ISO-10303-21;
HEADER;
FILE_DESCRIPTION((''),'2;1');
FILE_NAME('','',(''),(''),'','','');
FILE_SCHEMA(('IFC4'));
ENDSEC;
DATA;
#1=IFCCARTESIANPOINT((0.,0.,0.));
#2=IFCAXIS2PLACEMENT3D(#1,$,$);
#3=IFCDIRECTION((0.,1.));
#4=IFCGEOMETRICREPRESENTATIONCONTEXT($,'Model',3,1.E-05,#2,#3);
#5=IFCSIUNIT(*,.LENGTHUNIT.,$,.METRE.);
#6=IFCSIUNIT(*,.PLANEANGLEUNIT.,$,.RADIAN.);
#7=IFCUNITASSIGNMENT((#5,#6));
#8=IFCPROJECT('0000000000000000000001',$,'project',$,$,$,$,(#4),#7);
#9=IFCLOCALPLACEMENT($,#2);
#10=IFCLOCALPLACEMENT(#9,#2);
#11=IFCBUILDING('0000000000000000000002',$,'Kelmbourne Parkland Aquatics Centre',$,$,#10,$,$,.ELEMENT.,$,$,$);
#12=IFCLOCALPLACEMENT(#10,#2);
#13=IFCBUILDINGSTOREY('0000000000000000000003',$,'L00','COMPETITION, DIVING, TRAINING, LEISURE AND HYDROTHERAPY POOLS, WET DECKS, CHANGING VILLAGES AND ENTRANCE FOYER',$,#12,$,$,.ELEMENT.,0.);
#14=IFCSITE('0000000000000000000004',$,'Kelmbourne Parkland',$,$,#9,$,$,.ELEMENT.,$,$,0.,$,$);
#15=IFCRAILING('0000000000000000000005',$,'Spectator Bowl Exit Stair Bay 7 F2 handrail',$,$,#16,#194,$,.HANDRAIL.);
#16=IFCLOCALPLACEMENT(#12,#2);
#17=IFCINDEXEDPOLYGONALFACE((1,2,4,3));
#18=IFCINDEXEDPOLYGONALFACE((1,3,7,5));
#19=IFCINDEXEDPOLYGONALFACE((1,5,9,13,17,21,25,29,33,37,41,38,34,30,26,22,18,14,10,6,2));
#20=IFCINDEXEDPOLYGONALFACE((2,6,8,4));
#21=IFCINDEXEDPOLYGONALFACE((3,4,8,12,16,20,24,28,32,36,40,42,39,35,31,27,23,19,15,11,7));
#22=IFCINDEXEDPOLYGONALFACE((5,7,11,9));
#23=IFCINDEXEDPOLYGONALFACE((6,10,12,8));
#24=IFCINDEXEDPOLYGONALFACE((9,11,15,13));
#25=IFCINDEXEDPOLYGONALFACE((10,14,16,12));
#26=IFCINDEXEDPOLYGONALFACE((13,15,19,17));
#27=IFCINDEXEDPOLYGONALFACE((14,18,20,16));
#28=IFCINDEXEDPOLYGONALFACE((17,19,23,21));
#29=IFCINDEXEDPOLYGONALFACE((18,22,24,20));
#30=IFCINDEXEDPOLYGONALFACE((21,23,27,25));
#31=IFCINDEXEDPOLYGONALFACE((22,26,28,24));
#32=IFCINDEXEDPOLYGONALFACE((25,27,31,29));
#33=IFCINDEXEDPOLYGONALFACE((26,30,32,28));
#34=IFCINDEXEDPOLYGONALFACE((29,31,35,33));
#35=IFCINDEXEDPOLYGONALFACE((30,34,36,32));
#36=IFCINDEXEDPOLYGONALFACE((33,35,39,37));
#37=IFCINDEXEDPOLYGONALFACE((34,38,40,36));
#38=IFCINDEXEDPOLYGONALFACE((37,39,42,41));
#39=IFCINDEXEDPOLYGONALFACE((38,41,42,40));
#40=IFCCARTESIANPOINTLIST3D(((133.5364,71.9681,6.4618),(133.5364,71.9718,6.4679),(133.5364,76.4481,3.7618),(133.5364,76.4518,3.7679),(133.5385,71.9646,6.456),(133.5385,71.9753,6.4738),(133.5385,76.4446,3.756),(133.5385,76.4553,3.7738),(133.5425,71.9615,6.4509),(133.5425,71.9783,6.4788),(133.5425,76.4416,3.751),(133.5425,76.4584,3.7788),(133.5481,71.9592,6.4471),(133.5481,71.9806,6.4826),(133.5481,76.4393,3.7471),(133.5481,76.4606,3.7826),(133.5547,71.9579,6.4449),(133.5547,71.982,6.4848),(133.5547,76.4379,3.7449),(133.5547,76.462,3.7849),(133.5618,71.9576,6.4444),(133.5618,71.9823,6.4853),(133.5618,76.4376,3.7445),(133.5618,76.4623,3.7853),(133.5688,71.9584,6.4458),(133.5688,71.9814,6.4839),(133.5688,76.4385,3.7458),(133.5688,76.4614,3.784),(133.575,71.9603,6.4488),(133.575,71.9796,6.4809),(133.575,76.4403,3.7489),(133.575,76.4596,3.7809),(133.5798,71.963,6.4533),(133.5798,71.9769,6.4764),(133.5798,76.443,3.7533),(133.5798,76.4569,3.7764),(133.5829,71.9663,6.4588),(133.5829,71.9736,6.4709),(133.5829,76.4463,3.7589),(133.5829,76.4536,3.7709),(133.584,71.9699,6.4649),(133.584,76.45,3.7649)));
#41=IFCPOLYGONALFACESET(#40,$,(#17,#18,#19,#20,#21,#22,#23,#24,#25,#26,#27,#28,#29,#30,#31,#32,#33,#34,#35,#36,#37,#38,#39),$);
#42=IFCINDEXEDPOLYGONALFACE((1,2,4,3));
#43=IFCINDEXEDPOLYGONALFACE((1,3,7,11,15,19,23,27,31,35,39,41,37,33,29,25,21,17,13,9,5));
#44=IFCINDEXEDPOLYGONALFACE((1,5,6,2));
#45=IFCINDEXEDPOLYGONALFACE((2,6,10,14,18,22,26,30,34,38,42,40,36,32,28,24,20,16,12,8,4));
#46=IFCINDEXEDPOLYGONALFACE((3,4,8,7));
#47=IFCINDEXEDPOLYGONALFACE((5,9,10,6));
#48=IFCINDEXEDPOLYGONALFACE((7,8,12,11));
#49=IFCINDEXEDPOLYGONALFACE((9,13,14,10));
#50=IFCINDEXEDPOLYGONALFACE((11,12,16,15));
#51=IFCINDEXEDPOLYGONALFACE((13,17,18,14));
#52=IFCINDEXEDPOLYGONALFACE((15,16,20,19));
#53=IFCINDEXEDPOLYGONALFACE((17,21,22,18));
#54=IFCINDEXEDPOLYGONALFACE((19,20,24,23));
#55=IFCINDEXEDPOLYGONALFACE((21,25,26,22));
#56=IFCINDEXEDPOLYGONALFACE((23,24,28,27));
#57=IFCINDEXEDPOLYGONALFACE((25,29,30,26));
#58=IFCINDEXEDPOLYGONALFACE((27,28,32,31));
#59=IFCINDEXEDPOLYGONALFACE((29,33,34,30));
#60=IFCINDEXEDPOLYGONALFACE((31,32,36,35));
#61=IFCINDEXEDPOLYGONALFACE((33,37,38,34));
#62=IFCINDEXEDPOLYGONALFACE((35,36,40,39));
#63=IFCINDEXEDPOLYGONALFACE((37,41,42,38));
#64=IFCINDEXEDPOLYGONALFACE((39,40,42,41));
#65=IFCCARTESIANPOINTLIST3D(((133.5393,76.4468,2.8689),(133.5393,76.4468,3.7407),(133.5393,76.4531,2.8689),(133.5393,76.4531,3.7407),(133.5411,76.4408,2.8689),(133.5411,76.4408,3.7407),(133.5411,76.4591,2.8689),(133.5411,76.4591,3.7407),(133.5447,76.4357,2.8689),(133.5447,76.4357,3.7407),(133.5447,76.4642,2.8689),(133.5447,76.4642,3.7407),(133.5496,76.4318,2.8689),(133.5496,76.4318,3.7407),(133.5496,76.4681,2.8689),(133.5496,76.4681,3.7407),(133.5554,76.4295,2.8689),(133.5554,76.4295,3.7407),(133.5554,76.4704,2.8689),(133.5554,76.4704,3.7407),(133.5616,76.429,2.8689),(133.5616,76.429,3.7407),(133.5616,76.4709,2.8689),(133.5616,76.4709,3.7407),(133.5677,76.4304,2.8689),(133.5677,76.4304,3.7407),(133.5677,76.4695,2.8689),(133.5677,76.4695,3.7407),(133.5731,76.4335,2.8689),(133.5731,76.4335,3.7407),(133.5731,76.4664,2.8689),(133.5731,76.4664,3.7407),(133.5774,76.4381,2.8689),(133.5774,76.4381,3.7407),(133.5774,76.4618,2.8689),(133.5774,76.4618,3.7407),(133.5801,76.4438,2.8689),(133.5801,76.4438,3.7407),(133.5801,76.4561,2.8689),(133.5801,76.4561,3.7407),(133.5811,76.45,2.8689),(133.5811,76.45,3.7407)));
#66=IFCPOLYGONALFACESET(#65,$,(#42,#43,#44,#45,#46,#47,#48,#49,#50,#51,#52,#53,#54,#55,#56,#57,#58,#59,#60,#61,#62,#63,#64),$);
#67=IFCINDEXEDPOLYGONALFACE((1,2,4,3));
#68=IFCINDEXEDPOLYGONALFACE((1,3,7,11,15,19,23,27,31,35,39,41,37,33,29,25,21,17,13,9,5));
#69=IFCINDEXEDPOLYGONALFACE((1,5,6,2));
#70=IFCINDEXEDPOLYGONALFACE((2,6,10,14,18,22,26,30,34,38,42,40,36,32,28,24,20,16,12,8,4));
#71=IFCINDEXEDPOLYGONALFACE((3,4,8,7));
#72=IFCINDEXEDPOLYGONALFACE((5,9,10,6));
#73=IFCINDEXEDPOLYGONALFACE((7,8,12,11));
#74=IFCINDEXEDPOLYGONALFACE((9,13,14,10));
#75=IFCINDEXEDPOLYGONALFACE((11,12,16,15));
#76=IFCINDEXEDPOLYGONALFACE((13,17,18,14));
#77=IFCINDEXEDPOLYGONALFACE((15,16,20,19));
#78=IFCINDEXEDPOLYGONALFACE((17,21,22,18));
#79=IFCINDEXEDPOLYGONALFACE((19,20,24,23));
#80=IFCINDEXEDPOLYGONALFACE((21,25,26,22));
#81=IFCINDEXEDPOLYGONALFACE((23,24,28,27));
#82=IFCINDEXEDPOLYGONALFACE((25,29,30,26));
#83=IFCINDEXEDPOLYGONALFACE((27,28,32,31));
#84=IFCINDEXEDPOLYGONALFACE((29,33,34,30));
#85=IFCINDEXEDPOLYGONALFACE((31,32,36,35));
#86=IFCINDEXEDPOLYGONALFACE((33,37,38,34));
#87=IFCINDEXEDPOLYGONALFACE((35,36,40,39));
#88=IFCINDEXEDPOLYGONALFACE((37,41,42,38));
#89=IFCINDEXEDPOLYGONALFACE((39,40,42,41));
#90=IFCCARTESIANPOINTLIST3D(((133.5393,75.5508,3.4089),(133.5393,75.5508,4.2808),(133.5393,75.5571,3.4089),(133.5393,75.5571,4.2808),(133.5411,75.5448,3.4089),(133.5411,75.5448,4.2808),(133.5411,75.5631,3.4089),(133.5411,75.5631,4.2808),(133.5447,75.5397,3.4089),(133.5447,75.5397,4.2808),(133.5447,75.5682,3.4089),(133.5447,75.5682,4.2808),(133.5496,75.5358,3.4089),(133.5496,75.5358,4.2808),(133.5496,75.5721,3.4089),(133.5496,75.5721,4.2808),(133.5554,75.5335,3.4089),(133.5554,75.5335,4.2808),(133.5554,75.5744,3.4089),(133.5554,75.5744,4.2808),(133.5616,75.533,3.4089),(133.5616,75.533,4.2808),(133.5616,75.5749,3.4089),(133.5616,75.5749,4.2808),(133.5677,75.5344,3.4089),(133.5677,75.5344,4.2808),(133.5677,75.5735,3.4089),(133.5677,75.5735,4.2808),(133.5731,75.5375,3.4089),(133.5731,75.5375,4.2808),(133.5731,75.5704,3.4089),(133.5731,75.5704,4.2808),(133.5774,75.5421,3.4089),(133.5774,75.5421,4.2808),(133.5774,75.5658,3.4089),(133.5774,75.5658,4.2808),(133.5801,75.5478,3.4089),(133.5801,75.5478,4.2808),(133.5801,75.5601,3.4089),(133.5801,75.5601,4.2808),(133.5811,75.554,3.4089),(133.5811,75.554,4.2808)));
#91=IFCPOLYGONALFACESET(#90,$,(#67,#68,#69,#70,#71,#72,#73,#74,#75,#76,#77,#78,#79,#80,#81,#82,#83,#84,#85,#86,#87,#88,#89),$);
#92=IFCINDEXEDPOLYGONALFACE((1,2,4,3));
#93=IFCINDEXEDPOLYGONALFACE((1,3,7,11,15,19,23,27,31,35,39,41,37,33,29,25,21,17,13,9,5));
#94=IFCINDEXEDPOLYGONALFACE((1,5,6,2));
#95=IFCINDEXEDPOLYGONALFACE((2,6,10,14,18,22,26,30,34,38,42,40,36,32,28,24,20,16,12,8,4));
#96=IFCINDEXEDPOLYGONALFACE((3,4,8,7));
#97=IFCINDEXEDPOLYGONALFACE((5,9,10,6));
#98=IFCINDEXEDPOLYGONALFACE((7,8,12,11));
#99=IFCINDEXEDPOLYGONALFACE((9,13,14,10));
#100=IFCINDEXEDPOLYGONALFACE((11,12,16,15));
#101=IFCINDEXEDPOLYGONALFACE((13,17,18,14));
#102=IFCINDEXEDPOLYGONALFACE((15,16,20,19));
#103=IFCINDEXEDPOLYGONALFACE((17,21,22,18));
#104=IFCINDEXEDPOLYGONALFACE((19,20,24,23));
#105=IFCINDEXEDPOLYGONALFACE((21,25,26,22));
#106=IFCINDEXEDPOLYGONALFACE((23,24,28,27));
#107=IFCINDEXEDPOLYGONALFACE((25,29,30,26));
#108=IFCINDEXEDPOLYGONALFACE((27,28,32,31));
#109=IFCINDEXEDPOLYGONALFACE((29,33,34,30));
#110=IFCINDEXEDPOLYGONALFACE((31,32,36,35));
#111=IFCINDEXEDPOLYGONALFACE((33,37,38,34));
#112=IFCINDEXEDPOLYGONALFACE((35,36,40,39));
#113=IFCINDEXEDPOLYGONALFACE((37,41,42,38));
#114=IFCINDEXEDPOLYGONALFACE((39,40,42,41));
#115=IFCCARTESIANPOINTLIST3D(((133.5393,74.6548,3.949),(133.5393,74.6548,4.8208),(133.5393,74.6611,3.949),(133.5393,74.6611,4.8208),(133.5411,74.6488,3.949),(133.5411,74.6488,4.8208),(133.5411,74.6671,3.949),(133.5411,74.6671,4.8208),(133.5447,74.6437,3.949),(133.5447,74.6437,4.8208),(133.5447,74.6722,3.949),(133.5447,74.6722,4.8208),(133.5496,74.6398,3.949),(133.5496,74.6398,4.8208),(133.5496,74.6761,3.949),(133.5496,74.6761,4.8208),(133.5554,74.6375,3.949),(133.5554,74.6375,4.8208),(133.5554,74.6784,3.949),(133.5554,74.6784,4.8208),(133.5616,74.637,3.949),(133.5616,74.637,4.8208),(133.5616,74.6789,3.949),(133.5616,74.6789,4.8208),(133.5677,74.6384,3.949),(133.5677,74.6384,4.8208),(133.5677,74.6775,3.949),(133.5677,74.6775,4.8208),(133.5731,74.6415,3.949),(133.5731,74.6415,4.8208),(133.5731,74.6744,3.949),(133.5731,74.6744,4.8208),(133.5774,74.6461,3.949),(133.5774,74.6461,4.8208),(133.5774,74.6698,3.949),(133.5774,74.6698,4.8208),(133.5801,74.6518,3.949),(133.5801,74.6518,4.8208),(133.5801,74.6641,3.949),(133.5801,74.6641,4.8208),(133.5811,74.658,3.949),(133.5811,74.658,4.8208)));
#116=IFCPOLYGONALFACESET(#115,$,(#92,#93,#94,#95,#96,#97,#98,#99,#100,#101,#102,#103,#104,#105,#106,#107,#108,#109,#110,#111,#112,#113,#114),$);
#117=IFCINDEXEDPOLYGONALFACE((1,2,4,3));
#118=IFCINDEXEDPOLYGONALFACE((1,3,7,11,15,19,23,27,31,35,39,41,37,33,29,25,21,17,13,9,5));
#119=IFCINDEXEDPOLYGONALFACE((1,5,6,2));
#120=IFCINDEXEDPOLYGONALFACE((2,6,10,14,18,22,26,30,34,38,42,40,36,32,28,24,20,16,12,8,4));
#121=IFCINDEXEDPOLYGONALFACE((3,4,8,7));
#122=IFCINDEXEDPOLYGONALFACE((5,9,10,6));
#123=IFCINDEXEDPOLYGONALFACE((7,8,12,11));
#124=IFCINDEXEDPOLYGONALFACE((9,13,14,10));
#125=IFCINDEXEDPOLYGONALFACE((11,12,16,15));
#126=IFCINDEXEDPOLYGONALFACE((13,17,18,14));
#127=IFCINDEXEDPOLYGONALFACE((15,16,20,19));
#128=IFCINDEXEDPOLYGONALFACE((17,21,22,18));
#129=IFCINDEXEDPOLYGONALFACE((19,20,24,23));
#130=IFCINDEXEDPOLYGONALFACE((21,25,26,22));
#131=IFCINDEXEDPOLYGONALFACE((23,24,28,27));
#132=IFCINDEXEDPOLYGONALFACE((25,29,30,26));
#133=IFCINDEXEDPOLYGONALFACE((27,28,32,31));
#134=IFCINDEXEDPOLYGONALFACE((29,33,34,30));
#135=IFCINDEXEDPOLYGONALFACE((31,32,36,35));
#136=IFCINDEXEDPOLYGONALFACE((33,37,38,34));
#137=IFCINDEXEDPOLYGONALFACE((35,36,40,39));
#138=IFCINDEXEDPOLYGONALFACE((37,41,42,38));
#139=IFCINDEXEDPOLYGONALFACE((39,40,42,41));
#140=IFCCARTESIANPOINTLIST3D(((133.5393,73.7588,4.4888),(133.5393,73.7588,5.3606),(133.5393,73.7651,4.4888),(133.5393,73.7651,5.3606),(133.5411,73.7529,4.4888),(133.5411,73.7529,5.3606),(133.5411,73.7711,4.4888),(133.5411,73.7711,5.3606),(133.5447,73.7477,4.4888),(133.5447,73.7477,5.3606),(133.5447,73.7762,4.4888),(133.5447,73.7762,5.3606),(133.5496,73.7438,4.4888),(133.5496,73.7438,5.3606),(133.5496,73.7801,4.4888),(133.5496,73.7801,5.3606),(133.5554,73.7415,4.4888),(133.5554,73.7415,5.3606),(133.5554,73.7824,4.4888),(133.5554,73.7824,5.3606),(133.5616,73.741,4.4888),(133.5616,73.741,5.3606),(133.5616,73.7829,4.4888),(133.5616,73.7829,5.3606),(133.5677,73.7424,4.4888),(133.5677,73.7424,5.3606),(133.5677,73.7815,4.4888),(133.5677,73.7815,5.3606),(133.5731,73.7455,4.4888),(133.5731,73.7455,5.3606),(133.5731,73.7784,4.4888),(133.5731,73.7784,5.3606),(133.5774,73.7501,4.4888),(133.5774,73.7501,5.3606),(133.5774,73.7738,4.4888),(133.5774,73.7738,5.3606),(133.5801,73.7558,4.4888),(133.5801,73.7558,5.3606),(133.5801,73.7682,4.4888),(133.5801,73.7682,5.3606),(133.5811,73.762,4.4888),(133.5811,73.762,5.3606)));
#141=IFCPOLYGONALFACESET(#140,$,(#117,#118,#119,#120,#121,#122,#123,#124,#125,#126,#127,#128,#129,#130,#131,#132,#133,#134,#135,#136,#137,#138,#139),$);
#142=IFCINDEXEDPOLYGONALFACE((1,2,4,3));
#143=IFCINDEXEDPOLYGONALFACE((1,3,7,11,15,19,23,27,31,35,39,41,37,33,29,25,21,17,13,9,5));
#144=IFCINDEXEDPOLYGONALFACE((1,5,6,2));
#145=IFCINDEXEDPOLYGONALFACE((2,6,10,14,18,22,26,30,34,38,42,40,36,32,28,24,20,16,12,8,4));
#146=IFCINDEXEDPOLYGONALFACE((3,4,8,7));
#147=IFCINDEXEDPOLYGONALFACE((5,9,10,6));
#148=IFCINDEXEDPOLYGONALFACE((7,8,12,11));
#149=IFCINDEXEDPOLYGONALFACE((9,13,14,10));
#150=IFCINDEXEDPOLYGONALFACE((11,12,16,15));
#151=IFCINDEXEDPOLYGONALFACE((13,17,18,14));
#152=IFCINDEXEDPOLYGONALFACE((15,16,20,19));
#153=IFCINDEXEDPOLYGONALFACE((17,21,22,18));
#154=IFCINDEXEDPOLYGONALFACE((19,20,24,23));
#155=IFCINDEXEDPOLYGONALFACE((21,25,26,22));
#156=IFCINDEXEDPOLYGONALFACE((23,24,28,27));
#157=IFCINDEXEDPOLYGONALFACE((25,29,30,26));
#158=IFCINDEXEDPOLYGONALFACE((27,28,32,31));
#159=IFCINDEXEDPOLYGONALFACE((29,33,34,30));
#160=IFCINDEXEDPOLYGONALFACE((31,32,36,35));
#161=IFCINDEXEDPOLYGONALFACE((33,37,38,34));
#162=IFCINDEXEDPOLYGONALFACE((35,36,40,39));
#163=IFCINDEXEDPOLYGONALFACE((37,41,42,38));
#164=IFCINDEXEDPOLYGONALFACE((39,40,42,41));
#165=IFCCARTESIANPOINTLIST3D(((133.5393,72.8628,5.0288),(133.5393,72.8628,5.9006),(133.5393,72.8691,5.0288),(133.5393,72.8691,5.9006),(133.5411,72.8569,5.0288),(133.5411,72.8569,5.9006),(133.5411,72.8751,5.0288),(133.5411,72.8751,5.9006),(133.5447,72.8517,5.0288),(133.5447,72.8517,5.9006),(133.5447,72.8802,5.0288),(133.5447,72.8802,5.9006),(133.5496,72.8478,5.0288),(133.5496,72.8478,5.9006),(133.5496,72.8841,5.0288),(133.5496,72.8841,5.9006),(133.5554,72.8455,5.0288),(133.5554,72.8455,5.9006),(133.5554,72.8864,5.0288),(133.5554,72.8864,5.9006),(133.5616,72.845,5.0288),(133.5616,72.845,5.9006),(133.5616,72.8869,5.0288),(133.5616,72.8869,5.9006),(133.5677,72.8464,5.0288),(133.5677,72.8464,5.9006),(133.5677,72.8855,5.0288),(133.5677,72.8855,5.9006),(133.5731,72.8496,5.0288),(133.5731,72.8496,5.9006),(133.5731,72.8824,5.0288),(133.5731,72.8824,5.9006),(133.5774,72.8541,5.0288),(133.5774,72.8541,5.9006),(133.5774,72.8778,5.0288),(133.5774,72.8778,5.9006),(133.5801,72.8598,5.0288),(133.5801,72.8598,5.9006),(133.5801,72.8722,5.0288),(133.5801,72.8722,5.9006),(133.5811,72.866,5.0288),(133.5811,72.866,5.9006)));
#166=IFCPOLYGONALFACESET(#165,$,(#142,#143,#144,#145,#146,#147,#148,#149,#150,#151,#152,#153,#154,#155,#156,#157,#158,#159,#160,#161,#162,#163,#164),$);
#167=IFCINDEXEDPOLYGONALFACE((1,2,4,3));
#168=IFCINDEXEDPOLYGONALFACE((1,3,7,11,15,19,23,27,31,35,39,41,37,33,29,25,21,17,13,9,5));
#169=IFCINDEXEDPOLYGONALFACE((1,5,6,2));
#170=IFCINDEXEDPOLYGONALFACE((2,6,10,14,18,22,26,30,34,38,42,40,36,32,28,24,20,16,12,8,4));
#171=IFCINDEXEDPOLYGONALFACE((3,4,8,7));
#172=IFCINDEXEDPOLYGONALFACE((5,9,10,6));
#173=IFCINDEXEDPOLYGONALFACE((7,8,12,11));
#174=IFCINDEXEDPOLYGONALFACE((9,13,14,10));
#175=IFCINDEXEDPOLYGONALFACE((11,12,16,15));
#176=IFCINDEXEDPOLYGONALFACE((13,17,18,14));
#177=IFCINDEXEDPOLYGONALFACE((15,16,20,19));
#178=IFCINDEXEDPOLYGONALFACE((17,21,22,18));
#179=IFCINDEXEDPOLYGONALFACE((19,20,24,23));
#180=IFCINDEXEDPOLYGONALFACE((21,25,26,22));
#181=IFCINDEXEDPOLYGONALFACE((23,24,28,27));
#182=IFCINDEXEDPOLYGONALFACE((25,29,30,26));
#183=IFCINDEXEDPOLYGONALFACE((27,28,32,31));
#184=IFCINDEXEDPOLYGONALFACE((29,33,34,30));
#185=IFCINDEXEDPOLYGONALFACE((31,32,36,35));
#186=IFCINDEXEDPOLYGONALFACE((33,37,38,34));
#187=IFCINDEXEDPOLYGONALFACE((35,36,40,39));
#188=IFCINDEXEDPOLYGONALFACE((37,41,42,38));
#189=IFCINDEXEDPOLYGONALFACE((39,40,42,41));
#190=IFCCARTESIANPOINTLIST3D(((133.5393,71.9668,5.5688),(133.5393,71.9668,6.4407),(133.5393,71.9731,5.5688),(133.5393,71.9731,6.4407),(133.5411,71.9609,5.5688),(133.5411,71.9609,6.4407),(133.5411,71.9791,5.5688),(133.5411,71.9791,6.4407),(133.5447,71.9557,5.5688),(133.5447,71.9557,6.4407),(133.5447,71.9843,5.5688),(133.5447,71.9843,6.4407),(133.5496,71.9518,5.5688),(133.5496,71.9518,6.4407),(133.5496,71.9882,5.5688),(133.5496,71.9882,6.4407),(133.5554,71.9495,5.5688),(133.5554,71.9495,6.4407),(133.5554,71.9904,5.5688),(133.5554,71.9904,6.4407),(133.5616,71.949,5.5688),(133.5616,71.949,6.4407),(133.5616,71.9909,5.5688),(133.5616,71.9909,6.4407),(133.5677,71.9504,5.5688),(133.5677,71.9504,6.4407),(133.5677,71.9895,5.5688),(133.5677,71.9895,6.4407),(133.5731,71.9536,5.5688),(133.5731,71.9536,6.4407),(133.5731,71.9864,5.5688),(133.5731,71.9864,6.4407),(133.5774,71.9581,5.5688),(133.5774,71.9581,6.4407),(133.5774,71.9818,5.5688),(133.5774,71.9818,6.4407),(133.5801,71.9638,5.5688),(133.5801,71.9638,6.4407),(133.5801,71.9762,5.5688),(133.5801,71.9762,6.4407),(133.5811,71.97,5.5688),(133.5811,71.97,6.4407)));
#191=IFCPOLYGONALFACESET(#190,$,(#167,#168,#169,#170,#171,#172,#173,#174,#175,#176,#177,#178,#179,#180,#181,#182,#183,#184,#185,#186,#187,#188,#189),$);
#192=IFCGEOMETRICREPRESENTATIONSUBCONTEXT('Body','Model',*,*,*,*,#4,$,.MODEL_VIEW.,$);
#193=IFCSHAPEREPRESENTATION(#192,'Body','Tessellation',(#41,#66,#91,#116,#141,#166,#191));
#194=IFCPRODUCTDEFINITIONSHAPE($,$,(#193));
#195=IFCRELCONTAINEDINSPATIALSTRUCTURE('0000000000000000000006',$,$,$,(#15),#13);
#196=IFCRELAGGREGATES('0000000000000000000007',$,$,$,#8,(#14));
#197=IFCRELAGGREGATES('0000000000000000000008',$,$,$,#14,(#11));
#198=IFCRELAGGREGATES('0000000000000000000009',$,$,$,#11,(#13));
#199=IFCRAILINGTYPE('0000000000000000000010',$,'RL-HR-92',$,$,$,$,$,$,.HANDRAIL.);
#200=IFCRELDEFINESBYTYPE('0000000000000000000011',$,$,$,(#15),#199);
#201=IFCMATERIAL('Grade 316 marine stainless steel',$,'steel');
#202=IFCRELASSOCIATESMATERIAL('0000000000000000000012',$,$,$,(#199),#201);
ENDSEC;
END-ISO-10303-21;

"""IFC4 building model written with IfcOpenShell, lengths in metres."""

from ifc_helpers import new_model, si_unit, direction, frame, origin, origin_2d, place, context, subcontext, project, spatial, circle, extrude, material, type_object, element, save


model = new_model("IFC4")

# Units and contexts
model_context = context("Model", 3, precision=1e-05, world=origin(), true_north=direction((0.0, 1.0)))
body_context = subcontext(model_context, "Body", "Model", "MODEL_VIEW")
ifc_project = project(units=[si_unit("LENGTHUNIT", "METRE"), si_unit("PLANEANGLEUNIT", "RADIAN")], contexts=[model_context])

# Site, building, storey
site_placement = place(None, origin())
site = spatial("IfcSite", under=ifc_project, at=site_placement, Name="Kelmbourne Parkland", CompositionType="ELEMENT", RefElevation=0.0)
building_placement = place(site_placement, origin())
building = spatial("IfcBuilding", under=site, at=building_placement, Name="Kelmbourne Parkland Aquatics Centre", CompositionType="ELEMENT")
storey_placement = place(building_placement, origin())
storey = spatial("IfcBuildingStorey", under=building, at=storey_placement, Name="L00", Description="COMPETITION, DIVING, TRAINING, LEISURE AND HYDROTHERAPY POOLS, WET DECKS, CHANGING VILLAGES AND ENTRANCE FOYER", CompositionType="ELEMENT", Elevation=0.0)

# Railing
ifc_material_1 = material(Name="Grade 316 marine stainless steel", Category="steel")
railing_type_1 = type_object("IfcRailingType", Name="RL-HR-92", PredefinedType="HANDRAIL", material=ifc_material_1)
for number, where, name in (
    (1, (133.5601, 76.45, 2.8689), "Spectator Bowl Exit Stair Bay 7 F2 handrail"),
):
    element("IfcRailing", number, at=place(storey_placement, frame(where)), inside=storey, type_object=railing_type_1, Name=name, PredefinedType="HANDRAIL", context=body_context, shape_type="SweptSolid", body=[
        extrude(circle(Radius=0.0239, at=origin_2d()), frame((0.0, 0.0, 0.896), z_axis=(0.0, -0.856482, 0.516176), x_axis=(1.0, 0.0, 0.0)), (0.0, 0.0, 1.0), 5.2307),
        extrude(circle(Radius=0.021, at=origin_2d()), origin(), (0.0, 0.0, 1.0), 0.8718),
        extrude(circle(Radius=0.021, at=origin_2d()), frame((0.0, -0.896, 0.54)), (0.0, 0.0, 1.0), 0.8718),
        extrude(circle(Radius=0.021, at=origin_2d()), frame((0.0, -1.792, 1.0801)), (0.0, 0.0, 1.0), 0.8718),
        extrude(circle(Radius=0.021, at=origin_2d()), frame((0.0, -2.688, 1.6199)), (0.0, 0.0, 1.0), 0.8718),
        extrude(circle(Radius=0.021, at=origin_2d()), frame((0.0, -3.584, 2.1599)), (0.0, 0.0, 1.0), 0.8718),
        extrude(circle(Radius=0.021, at=origin_2d()), frame((0.0, -4.48, 2.7)), (0.0, 0.0, 1.0), 0.8718),
    ])

save(model, "model.ifc")
